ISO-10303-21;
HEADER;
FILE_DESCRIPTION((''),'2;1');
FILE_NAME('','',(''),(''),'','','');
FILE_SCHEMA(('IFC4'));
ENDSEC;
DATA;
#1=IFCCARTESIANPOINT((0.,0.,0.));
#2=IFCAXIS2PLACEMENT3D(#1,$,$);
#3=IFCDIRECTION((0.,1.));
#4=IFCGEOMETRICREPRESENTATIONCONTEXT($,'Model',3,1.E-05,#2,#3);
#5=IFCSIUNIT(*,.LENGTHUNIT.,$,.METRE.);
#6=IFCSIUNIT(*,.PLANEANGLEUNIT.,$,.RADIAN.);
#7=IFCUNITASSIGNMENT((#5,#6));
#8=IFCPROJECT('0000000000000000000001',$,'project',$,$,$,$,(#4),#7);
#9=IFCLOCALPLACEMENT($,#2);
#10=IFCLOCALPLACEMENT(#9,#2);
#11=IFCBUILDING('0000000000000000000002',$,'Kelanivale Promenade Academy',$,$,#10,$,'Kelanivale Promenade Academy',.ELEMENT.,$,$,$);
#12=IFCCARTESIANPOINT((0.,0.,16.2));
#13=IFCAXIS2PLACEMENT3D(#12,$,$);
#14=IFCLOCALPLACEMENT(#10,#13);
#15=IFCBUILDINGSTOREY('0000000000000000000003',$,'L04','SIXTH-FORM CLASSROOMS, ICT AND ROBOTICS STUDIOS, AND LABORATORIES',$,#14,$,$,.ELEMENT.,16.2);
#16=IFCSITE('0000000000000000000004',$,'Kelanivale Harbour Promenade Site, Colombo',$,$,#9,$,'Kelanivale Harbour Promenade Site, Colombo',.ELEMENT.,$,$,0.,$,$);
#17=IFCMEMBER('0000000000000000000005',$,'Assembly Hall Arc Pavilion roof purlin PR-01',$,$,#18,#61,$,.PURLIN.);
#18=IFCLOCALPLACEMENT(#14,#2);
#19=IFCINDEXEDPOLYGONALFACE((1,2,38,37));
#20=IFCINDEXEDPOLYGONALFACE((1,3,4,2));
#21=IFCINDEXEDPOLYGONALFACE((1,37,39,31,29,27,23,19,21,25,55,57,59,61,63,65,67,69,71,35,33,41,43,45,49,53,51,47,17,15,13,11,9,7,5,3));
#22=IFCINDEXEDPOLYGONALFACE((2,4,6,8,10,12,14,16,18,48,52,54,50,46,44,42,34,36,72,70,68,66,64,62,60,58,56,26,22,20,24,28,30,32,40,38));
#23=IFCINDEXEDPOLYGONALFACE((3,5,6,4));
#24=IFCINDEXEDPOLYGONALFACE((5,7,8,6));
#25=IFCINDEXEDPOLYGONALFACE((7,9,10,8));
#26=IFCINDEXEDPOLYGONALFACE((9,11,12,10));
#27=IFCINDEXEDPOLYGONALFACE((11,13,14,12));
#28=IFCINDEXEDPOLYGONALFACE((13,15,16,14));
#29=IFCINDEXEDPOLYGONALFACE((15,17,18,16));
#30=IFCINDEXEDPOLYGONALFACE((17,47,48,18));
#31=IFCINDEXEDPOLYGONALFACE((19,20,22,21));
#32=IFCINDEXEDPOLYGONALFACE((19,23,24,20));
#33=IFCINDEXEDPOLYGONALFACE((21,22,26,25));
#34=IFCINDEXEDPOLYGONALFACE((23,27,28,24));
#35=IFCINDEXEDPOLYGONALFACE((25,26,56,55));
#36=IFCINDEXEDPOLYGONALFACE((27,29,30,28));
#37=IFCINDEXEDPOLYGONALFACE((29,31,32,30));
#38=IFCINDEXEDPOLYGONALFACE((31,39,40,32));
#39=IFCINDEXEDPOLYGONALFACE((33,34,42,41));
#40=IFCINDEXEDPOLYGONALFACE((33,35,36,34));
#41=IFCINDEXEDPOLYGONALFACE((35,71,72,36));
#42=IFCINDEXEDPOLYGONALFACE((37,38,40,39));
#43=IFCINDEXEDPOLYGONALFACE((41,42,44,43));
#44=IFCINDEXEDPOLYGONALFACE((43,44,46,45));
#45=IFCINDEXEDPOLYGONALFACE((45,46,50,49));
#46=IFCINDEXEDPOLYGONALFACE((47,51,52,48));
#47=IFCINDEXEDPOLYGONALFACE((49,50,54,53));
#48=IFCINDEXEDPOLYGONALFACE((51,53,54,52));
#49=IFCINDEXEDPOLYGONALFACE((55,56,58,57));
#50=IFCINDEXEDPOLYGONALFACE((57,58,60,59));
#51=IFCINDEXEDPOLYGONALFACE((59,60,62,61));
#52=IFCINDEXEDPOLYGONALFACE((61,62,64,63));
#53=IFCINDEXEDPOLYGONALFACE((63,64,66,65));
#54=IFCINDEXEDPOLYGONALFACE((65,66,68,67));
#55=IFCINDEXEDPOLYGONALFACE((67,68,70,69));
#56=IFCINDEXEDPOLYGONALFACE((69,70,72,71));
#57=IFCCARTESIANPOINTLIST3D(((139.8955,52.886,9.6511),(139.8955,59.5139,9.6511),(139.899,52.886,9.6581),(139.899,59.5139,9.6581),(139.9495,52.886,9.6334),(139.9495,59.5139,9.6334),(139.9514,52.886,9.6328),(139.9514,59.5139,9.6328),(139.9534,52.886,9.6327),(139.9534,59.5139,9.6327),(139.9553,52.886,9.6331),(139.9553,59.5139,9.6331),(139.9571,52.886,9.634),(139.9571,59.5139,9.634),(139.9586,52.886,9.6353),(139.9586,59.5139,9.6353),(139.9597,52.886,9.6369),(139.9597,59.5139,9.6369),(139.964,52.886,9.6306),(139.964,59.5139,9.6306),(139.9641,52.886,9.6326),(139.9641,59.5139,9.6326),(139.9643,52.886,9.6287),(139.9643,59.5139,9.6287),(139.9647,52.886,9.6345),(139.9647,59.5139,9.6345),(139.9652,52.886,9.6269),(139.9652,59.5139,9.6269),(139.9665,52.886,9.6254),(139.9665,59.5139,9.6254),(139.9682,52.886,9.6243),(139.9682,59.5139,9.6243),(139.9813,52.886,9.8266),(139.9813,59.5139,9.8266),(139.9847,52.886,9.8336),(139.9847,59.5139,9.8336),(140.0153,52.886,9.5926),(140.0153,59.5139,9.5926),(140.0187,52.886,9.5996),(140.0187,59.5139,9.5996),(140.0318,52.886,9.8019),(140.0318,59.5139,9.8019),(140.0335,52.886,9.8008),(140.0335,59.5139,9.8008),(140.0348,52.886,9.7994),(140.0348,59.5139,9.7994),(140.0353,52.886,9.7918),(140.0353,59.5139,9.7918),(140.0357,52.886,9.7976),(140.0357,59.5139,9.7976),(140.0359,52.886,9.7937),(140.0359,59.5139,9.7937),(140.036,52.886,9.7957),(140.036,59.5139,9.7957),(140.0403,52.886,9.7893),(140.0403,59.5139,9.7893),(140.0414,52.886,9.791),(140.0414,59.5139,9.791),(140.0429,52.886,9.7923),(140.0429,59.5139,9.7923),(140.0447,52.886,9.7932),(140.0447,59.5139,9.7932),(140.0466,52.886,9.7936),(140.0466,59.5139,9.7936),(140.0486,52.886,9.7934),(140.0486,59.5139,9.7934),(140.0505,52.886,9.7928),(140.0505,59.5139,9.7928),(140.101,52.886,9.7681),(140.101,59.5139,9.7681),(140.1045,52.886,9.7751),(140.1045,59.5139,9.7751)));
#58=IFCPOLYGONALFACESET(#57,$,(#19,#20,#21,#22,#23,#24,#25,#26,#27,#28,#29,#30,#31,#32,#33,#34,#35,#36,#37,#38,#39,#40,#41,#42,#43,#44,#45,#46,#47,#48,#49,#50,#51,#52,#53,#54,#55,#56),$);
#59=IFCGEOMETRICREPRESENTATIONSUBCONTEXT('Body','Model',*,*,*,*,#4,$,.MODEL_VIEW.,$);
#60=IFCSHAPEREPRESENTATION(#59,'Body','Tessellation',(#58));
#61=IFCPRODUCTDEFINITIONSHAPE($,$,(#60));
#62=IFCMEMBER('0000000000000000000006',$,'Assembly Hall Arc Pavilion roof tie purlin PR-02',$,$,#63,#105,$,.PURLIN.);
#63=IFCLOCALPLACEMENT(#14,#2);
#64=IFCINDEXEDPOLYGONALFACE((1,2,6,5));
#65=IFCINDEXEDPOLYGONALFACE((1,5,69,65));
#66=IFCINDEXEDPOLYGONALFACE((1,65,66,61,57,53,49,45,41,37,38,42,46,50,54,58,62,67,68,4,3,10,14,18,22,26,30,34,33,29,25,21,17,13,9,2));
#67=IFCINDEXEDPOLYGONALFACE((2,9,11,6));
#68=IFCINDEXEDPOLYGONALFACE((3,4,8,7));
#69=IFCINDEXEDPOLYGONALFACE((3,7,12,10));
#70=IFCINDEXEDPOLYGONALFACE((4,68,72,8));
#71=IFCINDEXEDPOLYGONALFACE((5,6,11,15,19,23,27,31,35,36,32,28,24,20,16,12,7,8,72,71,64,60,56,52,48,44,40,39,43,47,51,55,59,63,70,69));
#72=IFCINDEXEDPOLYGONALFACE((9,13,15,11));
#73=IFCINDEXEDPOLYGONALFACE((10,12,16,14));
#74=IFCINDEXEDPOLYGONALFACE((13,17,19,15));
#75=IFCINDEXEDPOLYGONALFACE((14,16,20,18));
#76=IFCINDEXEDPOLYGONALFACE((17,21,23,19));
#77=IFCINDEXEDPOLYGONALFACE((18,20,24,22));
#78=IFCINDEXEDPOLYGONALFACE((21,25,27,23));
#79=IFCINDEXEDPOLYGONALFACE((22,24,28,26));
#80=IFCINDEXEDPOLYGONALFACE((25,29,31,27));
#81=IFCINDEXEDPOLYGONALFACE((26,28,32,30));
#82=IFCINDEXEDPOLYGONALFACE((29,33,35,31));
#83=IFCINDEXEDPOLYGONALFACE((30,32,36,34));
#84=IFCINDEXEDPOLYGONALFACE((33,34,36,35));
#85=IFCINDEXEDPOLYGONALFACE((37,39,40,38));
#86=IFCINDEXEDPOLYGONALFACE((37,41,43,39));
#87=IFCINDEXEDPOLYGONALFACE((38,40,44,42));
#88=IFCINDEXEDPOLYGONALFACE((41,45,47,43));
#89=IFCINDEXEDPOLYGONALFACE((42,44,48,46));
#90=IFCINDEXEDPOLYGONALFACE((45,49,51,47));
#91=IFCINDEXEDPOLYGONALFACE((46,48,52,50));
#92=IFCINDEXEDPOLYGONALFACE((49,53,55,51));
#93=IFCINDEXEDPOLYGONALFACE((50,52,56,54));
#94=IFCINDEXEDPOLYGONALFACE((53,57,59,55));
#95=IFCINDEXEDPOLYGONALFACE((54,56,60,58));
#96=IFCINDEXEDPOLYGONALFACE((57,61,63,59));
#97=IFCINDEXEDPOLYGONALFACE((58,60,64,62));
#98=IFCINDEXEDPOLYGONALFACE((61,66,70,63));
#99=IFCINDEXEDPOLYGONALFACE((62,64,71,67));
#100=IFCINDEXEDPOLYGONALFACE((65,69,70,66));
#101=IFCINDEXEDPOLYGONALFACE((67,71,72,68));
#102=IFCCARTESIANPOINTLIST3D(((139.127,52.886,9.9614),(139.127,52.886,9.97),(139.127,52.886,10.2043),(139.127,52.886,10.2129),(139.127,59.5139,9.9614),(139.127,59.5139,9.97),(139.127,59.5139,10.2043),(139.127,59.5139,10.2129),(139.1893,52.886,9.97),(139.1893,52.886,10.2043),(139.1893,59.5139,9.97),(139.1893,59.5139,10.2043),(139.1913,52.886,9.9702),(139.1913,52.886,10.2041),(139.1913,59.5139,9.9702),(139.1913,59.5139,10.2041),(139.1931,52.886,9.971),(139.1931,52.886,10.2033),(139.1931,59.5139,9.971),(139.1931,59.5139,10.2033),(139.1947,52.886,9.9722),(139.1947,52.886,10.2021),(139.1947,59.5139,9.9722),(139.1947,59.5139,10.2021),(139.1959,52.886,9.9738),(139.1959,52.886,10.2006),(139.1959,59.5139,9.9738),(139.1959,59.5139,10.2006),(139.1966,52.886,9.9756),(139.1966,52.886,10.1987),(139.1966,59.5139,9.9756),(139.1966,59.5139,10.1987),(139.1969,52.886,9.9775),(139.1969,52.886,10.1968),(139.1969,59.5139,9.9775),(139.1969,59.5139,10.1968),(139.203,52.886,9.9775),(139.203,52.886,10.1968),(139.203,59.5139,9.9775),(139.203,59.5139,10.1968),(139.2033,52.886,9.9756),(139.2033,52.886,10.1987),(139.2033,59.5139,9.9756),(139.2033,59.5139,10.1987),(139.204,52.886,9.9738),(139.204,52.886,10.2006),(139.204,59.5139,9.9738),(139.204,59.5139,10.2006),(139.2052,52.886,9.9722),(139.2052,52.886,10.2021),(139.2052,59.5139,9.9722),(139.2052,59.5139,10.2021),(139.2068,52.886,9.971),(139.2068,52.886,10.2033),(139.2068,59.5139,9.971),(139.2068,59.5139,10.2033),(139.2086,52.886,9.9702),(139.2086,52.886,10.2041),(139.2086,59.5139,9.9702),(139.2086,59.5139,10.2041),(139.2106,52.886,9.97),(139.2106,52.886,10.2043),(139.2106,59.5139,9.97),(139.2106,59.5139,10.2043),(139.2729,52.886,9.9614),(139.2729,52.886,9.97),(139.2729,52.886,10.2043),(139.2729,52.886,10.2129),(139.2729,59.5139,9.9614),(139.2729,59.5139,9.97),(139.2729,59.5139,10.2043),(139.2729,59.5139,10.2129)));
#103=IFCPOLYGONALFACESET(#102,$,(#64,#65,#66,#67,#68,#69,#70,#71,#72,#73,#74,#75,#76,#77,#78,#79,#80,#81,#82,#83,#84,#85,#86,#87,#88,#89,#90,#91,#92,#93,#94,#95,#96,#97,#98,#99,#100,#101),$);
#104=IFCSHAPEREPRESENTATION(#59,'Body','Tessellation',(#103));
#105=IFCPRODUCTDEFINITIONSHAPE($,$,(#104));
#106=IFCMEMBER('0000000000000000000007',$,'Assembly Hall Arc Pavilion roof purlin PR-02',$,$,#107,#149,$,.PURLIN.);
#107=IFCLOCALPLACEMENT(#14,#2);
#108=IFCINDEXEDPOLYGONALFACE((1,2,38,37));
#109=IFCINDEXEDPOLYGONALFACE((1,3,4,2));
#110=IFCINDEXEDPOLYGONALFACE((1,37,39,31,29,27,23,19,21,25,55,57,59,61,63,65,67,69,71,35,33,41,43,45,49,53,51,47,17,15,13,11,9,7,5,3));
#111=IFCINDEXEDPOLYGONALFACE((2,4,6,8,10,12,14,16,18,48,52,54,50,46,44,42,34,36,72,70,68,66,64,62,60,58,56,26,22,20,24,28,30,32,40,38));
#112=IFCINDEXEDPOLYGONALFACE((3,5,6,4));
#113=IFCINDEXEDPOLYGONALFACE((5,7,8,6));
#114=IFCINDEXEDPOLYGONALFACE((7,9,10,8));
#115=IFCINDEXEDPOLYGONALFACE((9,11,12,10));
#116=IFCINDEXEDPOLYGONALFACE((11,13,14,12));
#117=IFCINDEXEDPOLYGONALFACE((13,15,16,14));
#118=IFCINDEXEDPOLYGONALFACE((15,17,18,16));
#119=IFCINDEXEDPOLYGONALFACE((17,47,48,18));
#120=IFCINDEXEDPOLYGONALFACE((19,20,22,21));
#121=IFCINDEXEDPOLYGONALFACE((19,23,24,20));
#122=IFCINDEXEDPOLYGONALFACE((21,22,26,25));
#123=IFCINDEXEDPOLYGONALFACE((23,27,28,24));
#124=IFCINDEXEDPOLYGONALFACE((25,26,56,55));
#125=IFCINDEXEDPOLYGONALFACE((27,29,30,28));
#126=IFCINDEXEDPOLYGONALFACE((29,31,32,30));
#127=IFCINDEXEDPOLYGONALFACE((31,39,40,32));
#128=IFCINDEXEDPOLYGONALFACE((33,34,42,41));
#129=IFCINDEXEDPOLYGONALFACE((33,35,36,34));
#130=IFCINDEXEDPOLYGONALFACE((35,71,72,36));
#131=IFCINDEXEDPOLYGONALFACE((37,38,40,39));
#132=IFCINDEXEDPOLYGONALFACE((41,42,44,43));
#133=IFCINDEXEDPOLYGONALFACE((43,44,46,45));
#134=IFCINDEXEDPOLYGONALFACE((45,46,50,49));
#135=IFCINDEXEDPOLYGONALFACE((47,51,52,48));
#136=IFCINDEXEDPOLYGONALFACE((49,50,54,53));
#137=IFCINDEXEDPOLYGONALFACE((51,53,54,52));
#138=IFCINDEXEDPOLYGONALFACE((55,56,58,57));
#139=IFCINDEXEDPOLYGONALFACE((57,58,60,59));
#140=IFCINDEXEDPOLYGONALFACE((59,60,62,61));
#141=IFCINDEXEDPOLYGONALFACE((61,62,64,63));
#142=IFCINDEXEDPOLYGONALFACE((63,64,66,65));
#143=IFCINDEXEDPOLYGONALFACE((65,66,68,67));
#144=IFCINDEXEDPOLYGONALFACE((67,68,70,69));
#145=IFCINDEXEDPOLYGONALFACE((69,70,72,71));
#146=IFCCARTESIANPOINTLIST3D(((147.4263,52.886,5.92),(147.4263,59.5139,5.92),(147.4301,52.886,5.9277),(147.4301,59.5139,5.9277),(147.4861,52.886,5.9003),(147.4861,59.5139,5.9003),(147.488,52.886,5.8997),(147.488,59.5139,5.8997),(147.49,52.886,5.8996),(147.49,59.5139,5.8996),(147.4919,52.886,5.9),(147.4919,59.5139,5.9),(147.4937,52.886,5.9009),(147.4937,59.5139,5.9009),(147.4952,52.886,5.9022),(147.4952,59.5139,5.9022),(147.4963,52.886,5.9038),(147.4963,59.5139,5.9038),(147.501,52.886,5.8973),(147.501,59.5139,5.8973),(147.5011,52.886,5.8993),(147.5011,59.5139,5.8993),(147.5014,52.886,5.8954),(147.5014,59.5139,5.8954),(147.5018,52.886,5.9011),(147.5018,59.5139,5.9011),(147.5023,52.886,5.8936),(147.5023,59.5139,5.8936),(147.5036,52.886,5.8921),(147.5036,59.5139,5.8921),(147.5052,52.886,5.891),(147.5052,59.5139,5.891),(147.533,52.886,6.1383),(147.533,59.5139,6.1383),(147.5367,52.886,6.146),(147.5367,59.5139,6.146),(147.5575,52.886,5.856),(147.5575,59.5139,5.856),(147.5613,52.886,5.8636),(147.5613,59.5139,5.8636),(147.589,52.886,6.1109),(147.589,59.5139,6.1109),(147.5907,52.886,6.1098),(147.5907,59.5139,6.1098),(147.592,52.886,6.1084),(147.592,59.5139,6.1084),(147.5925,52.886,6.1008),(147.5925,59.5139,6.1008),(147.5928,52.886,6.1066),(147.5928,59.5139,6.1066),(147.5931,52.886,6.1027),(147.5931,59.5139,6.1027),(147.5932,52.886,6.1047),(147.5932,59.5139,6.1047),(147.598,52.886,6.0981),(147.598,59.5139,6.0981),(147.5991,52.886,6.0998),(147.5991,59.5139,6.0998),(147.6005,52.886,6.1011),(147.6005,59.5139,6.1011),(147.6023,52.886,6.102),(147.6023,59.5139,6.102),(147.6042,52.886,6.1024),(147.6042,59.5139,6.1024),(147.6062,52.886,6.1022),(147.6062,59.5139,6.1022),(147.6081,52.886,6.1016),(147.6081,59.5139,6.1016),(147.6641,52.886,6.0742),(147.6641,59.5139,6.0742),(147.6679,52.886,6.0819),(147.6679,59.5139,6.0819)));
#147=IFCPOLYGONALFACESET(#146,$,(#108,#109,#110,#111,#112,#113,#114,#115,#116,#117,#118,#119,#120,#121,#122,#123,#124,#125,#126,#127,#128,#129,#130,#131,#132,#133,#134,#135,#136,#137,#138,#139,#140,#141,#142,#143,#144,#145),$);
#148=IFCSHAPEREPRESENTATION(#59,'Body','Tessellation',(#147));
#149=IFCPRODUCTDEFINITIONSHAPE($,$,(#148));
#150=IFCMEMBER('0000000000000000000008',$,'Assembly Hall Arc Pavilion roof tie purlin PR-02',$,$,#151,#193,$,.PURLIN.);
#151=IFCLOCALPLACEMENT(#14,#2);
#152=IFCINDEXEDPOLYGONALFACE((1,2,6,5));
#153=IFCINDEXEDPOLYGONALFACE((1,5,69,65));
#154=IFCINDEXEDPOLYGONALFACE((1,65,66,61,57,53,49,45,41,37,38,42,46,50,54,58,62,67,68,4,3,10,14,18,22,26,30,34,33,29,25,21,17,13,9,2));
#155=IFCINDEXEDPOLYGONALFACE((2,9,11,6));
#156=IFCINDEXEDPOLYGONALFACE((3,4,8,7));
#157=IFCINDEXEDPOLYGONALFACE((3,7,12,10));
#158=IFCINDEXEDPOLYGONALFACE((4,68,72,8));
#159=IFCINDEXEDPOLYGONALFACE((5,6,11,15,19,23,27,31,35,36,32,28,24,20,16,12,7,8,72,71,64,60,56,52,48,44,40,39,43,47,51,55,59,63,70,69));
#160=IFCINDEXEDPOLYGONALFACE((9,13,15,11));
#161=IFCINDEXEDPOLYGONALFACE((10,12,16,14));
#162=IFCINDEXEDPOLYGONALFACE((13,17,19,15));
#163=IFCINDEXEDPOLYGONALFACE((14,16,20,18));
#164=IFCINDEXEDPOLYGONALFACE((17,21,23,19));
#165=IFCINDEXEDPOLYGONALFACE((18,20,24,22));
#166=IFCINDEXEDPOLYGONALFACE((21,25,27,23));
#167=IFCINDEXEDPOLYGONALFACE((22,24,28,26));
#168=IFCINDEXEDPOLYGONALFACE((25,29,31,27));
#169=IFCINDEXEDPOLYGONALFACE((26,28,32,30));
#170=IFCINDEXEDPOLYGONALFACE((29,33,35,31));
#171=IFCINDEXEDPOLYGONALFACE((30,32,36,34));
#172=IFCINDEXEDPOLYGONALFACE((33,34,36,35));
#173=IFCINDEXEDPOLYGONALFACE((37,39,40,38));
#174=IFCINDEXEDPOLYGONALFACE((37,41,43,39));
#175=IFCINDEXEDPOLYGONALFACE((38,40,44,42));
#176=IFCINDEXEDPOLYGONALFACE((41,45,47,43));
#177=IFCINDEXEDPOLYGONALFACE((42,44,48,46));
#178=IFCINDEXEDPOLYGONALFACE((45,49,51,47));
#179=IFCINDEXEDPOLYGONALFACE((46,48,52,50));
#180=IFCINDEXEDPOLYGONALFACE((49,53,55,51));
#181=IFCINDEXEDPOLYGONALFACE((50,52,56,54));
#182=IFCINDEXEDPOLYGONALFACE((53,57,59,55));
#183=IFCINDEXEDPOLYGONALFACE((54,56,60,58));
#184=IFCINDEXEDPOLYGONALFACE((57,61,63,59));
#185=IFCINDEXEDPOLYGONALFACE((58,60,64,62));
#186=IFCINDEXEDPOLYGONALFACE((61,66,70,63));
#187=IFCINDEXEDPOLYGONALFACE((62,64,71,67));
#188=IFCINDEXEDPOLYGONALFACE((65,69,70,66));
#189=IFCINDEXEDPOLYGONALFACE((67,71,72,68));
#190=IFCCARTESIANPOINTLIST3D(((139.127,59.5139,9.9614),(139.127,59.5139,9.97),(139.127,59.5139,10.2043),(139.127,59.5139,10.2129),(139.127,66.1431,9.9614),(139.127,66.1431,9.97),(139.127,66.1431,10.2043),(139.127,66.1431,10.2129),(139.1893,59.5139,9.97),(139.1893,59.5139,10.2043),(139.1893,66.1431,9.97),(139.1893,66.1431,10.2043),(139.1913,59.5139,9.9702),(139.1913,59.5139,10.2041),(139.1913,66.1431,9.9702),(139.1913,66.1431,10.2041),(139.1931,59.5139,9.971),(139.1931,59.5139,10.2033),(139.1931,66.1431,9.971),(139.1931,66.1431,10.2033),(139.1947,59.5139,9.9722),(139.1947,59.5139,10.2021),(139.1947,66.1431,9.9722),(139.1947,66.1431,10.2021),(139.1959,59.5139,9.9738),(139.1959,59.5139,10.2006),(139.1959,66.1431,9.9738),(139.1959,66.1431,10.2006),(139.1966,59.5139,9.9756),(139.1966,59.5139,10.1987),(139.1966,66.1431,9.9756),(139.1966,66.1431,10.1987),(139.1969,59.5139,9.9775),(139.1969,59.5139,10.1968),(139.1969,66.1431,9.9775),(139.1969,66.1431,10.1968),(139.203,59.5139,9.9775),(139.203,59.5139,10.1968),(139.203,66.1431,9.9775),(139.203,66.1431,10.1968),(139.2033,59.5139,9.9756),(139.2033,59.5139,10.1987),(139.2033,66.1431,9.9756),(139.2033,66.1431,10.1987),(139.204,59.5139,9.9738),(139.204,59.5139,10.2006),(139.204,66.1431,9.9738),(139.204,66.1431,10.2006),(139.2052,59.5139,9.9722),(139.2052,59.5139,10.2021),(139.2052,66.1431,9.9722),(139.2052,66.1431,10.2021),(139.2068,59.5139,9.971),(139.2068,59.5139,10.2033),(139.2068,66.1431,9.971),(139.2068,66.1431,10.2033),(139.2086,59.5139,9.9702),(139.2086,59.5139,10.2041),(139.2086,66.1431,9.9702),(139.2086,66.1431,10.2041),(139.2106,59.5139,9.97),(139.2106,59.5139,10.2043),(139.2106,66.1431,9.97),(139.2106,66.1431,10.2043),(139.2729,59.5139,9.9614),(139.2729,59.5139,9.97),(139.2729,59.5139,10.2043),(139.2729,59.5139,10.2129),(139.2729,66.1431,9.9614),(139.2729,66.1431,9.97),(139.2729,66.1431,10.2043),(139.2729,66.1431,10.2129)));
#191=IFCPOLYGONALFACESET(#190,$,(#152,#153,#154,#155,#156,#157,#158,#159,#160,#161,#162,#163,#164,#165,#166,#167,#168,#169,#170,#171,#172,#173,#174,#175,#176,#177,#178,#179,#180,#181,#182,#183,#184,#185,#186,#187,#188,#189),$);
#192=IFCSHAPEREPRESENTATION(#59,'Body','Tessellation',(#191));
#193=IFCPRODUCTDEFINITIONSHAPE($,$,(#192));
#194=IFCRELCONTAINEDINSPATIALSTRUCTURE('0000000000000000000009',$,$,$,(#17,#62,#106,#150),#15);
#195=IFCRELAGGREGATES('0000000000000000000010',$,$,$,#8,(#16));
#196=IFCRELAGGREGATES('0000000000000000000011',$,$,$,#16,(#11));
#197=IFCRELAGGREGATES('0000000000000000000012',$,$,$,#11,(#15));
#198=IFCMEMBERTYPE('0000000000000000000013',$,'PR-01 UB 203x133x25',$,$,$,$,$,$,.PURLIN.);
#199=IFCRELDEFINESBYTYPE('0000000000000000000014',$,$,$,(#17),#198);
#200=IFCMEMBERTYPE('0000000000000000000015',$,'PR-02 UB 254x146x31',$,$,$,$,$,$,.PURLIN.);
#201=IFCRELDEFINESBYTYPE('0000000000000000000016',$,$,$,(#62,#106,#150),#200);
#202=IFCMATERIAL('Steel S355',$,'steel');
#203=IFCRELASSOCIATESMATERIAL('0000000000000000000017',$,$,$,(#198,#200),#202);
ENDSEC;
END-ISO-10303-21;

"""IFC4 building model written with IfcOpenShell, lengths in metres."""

from ifc_helpers import new_model, si_unit, direction, frame, origin, origin_2d, place, context, subcontext, project, spatial, i_section, extrude, material, material_profile, profile_set, type_object, element, save


model = new_model("IFC4")

# Units and contexts
model_context = context("Model", 3, precision=1e-05, world=origin(), true_north=direction((0.0, 1.0)))
body_context = subcontext(model_context, "Body", "Model", "MODEL_VIEW")
ifc_project = project(units=[si_unit("LENGTHUNIT", "METRE"), si_unit("PLANEANGLEUNIT", "RADIAN")], contexts=[model_context])

# Site, building, storey
site_placement = place(None, origin())
site = spatial("IfcSite", under=ifc_project, at=site_placement, Name="Kelanivale Harbour Promenade Site, Colombo", LongName="Kelanivale Harbour Promenade Site, Colombo", CompositionType="ELEMENT", RefElevation=0.0)
building_placement = place(site_placement, origin())
building = spatial("IfcBuilding", under=site, at=building_placement, Name="Kelanivale Promenade Academy", LongName="Kelanivale Promenade Academy", CompositionType="ELEMENT")
storey_placement = place(building_placement, frame((0.0, 0.0, 16.2)))
storey = spatial("IfcBuildingStorey", under=building, at=storey_placement, Name="L04", Description="SIXTH-FORM CLASSROOMS, ICT AND ROBOTICS STUDIOS, AND LABORATORIES", CompositionType="ELEMENT", Elevation=16.2)

# Members
ifc_material_1 = material(Name="Steel S355", Category="steel")
ifc_material_profile_1 = material_profile(ifc_material_1, i_section(OverallWidth=0.1333, OverallDepth=0.2031, WebThickness=0.0056, FlangeThickness=0.0078, FilletRadius=0.0076, at=origin_2d()), Name="UB 203x133x25")
ifc_profile_set_1 = profile_set([ifc_material_profile_1], Name="Steel S355")
member_type_1 = type_object("IfcMemberType", Name="PR-01 UB 203x133x25", PredefinedType="PURLIN", material=ifc_profile_set_1)
member_1_placement = place(storey_placement, frame((140.0, 52.886, 9.7131), z_axis=(0.0, 1.0, 0.0), x_axis=(-0.898564, 0.0, 0.438842)))
element("IfcMember", 1, at=member_1_placement, inside=storey, type_object=member_type_1, Name="Assembly Hall Arc Pavilion roof purlin PR-01", PredefinedType="PURLIN", context=body_context, shape_type="SweptSolid", body=[
    extrude(i_section(OverallWidth=0.1333, OverallDepth=0.2031, WebThickness=0.0056, FlangeThickness=0.0078, FilletRadius=0.0076, at=origin_2d()), origin(), (0.0, 0.0, 1.0), 6.6279),
])
ifc_material_profile_2 = material_profile(ifc_material_1, i_section(OverallWidth=0.146, OverallDepth=0.2515, WebThickness=0.0061, FlangeThickness=0.0085, FilletRadius=0.0076, at=origin_2d()), Name="UB 254x146x31")
ifc_profile_set_2 = profile_set([ifc_material_profile_2], Name="Steel S355")
member_type_2 = type_object("IfcMemberType", Name="PR-02 UB 254x146x31", PredefinedType="PURLIN", material=ifc_profile_set_2)
for number, where, z_axis, x_axis, name in (
    (2, (139.2, 52.886, 10.0872), (0.0, 1.0, 0.0), (-1.0, 0.0, 0.0), "Assembly Hall Arc Pavilion roof tie purlin PR-02"),
    (3, (147.5471, 52.886, 6.001), (0.0, 1.0, 0.0), (-0.898564, 0.0, 0.438842), "Assembly Hall Arc Pavilion roof purlin PR-02"),
):
    element("IfcMember", number, at=place(storey_placement, frame(where, z_axis=z_axis, x_axis=x_axis)), inside=storey, type_object=member_type_2, Name=name, PredefinedType="PURLIN", context=body_context, shape_type="SweptSolid", body=[
        extrude(i_section(OverallWidth=0.146, OverallDepth=0.2515, WebThickness=0.0061, FlangeThickness=0.0085, FilletRadius=0.0076, at=origin_2d()), origin(), (0.0, 0.0, 1.0), 6.6279),
    ])
for number, where, z_axis, x_axis, name in (
    (4, (139.2, 59.5139, 10.0872), (0.0, 1.0, 0.0), (-1.0, 0.0, 0.0), "Assembly Hall Arc Pavilion roof tie purlin PR-02"),
):
    element("IfcMember", number, at=place(storey_placement, frame(where, z_axis=z_axis, x_axis=x_axis)), inside=storey, type_object=member_type_2, Name=name, PredefinedType="PURLIN", context=body_context, shape_type="SweptSolid", body=[
        extrude(i_section(OverallWidth=0.146, OverallDepth=0.2515, WebThickness=0.0061, FlangeThickness=0.0085, FilletRadius=0.0076, at=origin_2d()), origin(), (0.0, 0.0, 1.0), 6.6292),
    ])

save(model, "model.ifc")
